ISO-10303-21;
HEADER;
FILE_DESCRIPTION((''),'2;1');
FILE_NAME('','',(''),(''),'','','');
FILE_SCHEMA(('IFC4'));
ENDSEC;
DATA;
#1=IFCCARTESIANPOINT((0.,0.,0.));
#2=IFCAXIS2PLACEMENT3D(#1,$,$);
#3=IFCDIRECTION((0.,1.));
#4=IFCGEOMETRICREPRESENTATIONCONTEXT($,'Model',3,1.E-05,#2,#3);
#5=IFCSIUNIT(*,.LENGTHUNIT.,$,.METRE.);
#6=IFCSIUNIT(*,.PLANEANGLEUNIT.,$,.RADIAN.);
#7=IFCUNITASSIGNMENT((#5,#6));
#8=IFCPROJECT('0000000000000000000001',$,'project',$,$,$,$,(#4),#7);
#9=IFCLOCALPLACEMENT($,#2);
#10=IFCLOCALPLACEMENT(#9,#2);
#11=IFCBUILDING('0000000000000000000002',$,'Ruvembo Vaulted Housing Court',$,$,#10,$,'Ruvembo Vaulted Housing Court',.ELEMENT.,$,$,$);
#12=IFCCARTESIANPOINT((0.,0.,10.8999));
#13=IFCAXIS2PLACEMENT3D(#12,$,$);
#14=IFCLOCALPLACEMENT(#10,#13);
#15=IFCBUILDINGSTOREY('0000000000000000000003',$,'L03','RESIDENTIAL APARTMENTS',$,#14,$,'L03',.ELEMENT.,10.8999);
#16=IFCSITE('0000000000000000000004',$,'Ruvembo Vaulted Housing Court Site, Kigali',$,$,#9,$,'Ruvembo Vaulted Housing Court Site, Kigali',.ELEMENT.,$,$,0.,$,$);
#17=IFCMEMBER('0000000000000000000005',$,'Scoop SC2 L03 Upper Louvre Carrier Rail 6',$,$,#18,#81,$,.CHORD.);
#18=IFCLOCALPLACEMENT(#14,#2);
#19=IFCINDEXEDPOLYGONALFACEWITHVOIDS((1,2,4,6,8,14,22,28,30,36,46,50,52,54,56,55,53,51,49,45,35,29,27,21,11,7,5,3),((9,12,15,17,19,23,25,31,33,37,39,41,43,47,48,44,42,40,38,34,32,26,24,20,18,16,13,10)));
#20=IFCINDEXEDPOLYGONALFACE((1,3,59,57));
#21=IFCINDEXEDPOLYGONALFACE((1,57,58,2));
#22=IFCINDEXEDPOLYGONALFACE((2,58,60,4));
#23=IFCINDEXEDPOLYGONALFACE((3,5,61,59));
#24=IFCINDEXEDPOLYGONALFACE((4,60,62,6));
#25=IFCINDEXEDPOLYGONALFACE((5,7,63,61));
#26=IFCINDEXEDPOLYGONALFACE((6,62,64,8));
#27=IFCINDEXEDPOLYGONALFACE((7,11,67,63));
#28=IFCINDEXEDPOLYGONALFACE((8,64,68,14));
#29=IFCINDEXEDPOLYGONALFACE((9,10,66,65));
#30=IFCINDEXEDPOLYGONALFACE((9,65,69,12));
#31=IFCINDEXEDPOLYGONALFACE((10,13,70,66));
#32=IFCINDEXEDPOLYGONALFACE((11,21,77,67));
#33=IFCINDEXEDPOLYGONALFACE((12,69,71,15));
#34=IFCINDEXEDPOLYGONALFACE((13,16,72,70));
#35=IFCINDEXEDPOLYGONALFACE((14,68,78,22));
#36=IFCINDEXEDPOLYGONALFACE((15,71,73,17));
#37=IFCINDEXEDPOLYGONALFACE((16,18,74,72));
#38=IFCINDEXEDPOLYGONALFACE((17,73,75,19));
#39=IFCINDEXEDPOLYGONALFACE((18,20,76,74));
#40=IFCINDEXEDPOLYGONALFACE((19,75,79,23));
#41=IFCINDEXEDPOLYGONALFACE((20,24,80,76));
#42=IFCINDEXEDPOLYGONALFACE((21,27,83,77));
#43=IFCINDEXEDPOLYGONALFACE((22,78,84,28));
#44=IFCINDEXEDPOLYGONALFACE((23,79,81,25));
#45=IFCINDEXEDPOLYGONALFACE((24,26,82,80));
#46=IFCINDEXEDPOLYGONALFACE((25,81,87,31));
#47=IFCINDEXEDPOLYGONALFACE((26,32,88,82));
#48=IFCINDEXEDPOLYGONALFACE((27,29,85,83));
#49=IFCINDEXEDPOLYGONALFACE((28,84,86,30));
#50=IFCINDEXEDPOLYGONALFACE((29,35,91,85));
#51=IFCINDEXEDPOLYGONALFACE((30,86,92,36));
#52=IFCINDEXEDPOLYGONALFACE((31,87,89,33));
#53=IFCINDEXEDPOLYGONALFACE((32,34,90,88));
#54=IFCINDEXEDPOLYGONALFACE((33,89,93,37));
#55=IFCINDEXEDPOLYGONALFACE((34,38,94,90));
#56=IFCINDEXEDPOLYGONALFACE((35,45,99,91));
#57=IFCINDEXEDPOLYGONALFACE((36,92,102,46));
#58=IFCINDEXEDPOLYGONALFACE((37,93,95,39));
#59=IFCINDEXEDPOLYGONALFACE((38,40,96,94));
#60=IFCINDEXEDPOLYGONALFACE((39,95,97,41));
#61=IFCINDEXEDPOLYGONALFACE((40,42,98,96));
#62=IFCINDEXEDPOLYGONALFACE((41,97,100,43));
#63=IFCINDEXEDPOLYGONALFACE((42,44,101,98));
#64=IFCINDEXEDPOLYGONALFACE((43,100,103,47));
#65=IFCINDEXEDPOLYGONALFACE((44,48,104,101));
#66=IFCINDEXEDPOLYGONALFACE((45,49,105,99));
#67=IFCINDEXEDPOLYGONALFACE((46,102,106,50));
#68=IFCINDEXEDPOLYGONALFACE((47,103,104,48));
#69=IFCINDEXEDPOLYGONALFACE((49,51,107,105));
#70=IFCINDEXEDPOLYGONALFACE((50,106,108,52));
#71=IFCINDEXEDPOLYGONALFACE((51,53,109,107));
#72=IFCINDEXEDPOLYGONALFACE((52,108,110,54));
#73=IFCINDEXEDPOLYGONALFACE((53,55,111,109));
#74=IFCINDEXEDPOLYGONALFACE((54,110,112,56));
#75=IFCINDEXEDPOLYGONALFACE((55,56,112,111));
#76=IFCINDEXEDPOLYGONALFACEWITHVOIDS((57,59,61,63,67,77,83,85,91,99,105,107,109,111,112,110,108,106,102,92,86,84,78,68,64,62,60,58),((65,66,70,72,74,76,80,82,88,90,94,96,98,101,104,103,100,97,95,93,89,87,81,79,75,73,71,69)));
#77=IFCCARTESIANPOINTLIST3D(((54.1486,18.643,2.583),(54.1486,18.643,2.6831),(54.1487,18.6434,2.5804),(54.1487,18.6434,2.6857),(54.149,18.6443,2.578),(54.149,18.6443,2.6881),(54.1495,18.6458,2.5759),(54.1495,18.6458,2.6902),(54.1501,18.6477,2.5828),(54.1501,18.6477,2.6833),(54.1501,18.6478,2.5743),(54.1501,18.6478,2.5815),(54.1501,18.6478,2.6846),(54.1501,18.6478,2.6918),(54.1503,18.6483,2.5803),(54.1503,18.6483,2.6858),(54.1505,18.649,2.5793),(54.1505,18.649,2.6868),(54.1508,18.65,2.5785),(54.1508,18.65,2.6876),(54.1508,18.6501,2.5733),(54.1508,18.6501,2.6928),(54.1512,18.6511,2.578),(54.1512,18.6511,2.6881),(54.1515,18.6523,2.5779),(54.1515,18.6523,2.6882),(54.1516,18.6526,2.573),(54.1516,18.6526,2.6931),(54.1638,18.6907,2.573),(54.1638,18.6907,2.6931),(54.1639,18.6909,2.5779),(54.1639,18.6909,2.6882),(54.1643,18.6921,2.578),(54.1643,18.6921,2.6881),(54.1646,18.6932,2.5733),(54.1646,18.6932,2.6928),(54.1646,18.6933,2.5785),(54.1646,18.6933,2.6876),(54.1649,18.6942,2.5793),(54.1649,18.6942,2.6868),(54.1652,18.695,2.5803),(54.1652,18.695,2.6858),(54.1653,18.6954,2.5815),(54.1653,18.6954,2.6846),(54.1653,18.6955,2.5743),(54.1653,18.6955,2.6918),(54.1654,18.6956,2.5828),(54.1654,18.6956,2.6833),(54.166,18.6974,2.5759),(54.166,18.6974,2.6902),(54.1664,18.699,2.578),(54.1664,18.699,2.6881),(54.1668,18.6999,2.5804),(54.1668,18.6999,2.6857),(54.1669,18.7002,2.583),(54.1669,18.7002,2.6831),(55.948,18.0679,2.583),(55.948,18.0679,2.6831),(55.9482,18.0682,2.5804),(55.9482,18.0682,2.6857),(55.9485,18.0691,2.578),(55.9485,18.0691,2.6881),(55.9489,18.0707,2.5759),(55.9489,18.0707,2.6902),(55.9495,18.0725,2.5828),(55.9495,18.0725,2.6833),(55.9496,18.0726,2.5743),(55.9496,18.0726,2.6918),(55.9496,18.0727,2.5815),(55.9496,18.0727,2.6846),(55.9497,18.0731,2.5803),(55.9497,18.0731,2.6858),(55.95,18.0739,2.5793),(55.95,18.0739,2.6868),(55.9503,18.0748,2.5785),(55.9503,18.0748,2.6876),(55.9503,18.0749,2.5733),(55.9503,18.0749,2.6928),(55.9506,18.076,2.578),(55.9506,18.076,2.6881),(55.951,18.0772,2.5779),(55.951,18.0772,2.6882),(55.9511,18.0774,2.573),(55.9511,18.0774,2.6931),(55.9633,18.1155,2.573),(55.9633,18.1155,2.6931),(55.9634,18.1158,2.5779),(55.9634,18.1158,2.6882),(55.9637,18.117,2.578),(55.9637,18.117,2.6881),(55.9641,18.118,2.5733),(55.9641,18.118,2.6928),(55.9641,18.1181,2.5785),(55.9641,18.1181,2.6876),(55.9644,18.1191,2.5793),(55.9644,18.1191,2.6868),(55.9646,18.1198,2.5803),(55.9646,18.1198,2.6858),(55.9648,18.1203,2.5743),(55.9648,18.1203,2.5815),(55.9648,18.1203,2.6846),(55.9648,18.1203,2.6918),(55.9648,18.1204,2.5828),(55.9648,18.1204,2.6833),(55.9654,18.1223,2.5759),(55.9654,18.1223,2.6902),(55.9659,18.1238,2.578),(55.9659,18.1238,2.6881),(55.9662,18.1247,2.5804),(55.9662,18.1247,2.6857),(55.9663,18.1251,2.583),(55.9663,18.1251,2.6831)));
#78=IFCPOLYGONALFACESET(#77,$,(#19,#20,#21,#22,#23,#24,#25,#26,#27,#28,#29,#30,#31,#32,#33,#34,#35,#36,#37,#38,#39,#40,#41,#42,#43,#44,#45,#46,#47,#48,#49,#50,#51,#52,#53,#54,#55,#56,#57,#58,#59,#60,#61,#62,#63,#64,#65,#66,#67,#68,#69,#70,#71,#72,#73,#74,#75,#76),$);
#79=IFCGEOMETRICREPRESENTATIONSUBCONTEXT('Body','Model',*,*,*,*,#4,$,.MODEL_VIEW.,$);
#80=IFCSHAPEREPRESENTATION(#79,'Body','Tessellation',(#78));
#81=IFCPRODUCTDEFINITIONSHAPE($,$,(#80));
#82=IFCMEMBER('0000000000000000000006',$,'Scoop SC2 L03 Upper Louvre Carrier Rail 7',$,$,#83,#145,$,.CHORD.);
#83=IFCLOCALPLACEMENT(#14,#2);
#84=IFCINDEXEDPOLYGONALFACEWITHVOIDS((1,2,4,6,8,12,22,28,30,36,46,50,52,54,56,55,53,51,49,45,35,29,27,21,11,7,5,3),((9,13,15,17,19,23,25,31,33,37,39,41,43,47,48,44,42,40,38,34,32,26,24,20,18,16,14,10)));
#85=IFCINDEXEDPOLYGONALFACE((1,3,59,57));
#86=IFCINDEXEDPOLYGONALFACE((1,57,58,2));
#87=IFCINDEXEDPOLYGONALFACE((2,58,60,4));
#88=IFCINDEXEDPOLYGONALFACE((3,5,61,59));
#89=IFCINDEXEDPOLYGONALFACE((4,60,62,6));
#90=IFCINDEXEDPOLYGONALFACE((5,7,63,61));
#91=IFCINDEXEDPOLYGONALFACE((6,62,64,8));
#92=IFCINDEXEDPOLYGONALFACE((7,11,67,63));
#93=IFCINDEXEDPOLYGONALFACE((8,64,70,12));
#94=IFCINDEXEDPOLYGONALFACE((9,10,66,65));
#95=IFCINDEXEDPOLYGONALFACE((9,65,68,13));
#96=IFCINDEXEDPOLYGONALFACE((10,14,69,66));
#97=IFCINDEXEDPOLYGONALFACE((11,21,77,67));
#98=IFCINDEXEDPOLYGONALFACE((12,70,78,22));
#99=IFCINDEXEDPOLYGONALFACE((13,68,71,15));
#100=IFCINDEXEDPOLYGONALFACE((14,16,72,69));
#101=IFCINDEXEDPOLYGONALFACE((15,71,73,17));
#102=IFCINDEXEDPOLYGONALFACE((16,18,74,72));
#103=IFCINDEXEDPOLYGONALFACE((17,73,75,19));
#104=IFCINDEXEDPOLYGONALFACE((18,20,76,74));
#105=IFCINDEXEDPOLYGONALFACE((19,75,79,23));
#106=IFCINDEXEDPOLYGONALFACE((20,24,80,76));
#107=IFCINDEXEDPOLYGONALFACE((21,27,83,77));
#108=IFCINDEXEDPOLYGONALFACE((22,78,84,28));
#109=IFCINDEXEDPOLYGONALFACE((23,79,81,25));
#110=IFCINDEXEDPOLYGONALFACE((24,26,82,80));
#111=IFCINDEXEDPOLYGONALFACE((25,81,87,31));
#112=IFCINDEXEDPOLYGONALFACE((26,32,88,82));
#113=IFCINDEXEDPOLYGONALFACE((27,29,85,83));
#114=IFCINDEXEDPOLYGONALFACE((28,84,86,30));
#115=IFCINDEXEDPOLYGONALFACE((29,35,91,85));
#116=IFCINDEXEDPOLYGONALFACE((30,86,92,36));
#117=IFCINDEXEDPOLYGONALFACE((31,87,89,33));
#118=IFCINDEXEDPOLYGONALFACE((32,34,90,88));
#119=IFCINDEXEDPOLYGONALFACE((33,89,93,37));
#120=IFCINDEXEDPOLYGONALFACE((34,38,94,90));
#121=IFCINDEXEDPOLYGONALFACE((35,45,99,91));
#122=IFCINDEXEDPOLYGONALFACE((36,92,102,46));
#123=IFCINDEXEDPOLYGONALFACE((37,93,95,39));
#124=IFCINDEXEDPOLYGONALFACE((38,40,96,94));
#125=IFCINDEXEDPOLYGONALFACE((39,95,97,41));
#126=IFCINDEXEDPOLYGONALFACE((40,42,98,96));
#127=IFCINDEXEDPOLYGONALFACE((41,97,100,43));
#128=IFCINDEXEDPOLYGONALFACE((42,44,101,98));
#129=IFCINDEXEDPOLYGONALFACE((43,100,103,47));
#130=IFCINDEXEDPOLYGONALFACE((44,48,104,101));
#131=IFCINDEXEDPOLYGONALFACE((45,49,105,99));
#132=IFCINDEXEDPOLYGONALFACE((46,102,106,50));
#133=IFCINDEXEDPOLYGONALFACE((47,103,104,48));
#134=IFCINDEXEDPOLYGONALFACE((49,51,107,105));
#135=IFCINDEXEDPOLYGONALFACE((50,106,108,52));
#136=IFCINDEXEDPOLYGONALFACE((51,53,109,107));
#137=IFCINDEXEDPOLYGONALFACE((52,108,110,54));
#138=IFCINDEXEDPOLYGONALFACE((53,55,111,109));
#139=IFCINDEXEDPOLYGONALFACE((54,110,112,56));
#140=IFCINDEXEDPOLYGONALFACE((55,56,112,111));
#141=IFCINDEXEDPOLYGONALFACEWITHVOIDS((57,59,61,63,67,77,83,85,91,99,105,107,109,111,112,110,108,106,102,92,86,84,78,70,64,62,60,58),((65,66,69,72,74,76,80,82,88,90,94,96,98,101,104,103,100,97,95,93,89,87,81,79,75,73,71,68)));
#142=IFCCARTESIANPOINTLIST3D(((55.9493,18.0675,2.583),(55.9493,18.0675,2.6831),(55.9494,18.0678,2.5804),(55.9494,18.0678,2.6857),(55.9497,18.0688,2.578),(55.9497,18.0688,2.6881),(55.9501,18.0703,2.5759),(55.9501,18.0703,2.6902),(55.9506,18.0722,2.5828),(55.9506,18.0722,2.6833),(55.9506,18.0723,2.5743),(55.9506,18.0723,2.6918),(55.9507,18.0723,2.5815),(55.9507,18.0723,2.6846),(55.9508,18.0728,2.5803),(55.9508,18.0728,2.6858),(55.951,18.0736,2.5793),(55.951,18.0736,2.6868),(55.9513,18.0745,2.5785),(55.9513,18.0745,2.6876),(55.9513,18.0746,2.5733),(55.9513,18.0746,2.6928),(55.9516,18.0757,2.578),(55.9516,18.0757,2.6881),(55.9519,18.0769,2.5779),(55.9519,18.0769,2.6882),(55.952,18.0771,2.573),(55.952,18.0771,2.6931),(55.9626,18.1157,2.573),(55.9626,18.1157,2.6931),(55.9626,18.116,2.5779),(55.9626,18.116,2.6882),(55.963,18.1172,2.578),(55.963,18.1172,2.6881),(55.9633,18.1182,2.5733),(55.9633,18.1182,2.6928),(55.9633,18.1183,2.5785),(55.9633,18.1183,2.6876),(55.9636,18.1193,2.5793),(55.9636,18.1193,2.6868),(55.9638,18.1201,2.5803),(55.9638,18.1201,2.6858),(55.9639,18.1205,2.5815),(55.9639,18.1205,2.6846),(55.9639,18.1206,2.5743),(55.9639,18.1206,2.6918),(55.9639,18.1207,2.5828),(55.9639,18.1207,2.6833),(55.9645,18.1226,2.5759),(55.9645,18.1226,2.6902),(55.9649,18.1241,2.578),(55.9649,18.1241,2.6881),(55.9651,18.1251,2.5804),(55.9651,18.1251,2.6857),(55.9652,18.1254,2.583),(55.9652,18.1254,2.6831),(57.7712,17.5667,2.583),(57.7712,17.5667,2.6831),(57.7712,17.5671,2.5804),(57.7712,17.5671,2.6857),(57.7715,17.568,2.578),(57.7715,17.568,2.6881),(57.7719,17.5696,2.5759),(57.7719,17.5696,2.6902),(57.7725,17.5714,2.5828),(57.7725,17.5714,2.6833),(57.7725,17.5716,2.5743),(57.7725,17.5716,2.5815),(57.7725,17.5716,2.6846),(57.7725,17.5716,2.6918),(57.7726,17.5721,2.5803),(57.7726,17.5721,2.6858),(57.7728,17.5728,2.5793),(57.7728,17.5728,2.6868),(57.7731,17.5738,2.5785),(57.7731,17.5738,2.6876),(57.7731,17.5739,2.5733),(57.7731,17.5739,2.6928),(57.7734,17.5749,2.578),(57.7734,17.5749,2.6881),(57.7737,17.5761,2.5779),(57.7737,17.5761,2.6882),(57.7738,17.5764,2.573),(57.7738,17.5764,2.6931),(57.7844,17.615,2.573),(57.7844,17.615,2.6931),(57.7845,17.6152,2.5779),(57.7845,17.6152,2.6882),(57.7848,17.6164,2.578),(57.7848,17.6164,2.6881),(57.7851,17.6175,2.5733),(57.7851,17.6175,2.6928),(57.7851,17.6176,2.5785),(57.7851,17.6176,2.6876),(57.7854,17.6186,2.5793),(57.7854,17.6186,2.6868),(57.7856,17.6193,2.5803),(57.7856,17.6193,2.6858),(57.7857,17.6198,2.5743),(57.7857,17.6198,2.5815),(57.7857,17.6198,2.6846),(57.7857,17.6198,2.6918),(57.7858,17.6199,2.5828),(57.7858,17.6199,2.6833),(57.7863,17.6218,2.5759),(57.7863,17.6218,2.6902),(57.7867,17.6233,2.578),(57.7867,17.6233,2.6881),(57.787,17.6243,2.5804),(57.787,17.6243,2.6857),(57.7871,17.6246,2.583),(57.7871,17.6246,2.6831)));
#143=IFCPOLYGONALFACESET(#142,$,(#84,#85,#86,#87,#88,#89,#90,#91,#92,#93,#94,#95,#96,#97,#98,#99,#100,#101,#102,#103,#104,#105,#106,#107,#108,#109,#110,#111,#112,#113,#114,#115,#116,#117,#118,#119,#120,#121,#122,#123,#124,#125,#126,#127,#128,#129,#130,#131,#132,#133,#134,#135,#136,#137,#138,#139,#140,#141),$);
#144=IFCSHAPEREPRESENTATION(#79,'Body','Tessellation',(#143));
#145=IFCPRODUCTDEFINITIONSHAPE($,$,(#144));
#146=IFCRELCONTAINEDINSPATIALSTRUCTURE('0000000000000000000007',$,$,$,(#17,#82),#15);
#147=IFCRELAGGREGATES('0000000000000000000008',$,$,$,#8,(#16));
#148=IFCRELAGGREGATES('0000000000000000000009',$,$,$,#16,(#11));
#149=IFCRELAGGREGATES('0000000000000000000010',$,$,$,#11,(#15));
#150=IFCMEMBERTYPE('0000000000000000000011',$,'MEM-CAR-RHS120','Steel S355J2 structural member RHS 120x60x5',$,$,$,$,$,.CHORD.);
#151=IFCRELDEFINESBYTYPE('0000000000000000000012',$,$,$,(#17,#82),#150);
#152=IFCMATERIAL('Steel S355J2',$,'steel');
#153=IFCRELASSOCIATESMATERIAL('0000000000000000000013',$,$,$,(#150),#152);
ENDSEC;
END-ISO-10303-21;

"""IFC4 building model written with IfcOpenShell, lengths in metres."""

from ifc_helpers import new_model, si_unit, direction, frame, origin, origin_2d, place, context, subcontext, project, spatial, hollow_rectangle, extrude, material, material_profile, profile_set, type_object, element, save


model = new_model("IFC4")

# Units and contexts
model_context = context("Model", 3, precision=1e-05, world=origin(), true_north=direction((0.0, 1.0)))
body_context = subcontext(model_context, "Body", "Model", "MODEL_VIEW")
ifc_project = project(units=[si_unit("LENGTHUNIT", "METRE"), si_unit("PLANEANGLEUNIT", "RADIAN")], contexts=[model_context])

# Site, building, storey
site_placement = place(None, origin())
site = spatial("IfcSite", under=ifc_project, at=site_placement, Name="Ruvembo Vaulted Housing Court Site, Kigali", LongName="Ruvembo Vaulted Housing Court Site, Kigali", CompositionType="ELEMENT", RefElevation=0.0)
building_placement = place(site_placement, origin())
building = spatial("IfcBuilding", under=site, at=building_placement, Name="Ruvembo Vaulted Housing Court", LongName="Ruvembo Vaulted Housing Court", CompositionType="ELEMENT")
storey_placement = place(building_placement, frame((0.0, 0.0, 10.8999)))
storey = spatial("IfcBuildingStorey", under=building, at=storey_placement, Name="L03", Description="RESIDENTIAL APARTMENTS", LongName="L03", CompositionType="ELEMENT", Elevation=10.8999)

# Shared definitions
ifc_material_1 = material(Name="Steel S355J2", Category="steel")

# Members
ifc_material_profile_1 = material_profile(ifc_material_1, hollow_rectangle(XDim=0.0601, YDim=0.1201, WallThickness=0.0049, InnerFilletRadius=0.0049, OuterFilletRadius=0.01, at=origin_2d()), Name="RHS 120x60x5")
ifc_profile_set_1 = profile_set([ifc_material_profile_1], Name="Steel S355J2")
member_type_1 = type_object("IfcMemberType", Name="MEM-CAR-RHS120", Description="Steel S355J2 structural member RHS 120x60x5", PredefinedType="CHORD", material=ifc_profile_set_1)
member_1_placement = place(storey_placement, frame((54.1577, 18.6716, 2.6331), z_axis=(0.952526, -0.304457, 0.0), x_axis=(0.304457, 0.952526, 0.0)))
element("IfcMember", 1, at=member_1_placement, inside=storey, type_object=member_type_1, Name="Scoop SC2 L03 Upper Louvre Carrier Rail 6", PredefinedType="CHORD", context=body_context, shape_type="SweptSolid", body=[
    extrude(hollow_rectangle(XDim=0.0601, YDim=0.1201, WallThickness=0.0049, InnerFilletRadius=0.0049, OuterFilletRadius=0.01, at=origin_2d()), origin(), (0.0, 0.0, 1.0), 1.8892),
])
member_2_placement = place(storey_placement, frame((55.9573, 18.0964, 2.6331), z_axis=(0.96424, -0.26503, 0.0), x_axis=(0.26503, 0.96424, 0.0)))
element("IfcMember", 2, at=member_2_placement, inside=storey, type_object=member_type_1, Name="Scoop SC2 L03 Upper Louvre Carrier Rail 7", PredefinedType="CHORD", context=body_context, shape_type="SweptSolid", body=[
    extrude(hollow_rectangle(XDim=0.0601, YDim=0.1201, WallThickness=0.0049, InnerFilletRadius=0.0049, OuterFilletRadius=0.01, at=origin_2d()), origin(), (0.0, 0.0, 1.0), 1.8894),
])

save(model, "model.ifc")
